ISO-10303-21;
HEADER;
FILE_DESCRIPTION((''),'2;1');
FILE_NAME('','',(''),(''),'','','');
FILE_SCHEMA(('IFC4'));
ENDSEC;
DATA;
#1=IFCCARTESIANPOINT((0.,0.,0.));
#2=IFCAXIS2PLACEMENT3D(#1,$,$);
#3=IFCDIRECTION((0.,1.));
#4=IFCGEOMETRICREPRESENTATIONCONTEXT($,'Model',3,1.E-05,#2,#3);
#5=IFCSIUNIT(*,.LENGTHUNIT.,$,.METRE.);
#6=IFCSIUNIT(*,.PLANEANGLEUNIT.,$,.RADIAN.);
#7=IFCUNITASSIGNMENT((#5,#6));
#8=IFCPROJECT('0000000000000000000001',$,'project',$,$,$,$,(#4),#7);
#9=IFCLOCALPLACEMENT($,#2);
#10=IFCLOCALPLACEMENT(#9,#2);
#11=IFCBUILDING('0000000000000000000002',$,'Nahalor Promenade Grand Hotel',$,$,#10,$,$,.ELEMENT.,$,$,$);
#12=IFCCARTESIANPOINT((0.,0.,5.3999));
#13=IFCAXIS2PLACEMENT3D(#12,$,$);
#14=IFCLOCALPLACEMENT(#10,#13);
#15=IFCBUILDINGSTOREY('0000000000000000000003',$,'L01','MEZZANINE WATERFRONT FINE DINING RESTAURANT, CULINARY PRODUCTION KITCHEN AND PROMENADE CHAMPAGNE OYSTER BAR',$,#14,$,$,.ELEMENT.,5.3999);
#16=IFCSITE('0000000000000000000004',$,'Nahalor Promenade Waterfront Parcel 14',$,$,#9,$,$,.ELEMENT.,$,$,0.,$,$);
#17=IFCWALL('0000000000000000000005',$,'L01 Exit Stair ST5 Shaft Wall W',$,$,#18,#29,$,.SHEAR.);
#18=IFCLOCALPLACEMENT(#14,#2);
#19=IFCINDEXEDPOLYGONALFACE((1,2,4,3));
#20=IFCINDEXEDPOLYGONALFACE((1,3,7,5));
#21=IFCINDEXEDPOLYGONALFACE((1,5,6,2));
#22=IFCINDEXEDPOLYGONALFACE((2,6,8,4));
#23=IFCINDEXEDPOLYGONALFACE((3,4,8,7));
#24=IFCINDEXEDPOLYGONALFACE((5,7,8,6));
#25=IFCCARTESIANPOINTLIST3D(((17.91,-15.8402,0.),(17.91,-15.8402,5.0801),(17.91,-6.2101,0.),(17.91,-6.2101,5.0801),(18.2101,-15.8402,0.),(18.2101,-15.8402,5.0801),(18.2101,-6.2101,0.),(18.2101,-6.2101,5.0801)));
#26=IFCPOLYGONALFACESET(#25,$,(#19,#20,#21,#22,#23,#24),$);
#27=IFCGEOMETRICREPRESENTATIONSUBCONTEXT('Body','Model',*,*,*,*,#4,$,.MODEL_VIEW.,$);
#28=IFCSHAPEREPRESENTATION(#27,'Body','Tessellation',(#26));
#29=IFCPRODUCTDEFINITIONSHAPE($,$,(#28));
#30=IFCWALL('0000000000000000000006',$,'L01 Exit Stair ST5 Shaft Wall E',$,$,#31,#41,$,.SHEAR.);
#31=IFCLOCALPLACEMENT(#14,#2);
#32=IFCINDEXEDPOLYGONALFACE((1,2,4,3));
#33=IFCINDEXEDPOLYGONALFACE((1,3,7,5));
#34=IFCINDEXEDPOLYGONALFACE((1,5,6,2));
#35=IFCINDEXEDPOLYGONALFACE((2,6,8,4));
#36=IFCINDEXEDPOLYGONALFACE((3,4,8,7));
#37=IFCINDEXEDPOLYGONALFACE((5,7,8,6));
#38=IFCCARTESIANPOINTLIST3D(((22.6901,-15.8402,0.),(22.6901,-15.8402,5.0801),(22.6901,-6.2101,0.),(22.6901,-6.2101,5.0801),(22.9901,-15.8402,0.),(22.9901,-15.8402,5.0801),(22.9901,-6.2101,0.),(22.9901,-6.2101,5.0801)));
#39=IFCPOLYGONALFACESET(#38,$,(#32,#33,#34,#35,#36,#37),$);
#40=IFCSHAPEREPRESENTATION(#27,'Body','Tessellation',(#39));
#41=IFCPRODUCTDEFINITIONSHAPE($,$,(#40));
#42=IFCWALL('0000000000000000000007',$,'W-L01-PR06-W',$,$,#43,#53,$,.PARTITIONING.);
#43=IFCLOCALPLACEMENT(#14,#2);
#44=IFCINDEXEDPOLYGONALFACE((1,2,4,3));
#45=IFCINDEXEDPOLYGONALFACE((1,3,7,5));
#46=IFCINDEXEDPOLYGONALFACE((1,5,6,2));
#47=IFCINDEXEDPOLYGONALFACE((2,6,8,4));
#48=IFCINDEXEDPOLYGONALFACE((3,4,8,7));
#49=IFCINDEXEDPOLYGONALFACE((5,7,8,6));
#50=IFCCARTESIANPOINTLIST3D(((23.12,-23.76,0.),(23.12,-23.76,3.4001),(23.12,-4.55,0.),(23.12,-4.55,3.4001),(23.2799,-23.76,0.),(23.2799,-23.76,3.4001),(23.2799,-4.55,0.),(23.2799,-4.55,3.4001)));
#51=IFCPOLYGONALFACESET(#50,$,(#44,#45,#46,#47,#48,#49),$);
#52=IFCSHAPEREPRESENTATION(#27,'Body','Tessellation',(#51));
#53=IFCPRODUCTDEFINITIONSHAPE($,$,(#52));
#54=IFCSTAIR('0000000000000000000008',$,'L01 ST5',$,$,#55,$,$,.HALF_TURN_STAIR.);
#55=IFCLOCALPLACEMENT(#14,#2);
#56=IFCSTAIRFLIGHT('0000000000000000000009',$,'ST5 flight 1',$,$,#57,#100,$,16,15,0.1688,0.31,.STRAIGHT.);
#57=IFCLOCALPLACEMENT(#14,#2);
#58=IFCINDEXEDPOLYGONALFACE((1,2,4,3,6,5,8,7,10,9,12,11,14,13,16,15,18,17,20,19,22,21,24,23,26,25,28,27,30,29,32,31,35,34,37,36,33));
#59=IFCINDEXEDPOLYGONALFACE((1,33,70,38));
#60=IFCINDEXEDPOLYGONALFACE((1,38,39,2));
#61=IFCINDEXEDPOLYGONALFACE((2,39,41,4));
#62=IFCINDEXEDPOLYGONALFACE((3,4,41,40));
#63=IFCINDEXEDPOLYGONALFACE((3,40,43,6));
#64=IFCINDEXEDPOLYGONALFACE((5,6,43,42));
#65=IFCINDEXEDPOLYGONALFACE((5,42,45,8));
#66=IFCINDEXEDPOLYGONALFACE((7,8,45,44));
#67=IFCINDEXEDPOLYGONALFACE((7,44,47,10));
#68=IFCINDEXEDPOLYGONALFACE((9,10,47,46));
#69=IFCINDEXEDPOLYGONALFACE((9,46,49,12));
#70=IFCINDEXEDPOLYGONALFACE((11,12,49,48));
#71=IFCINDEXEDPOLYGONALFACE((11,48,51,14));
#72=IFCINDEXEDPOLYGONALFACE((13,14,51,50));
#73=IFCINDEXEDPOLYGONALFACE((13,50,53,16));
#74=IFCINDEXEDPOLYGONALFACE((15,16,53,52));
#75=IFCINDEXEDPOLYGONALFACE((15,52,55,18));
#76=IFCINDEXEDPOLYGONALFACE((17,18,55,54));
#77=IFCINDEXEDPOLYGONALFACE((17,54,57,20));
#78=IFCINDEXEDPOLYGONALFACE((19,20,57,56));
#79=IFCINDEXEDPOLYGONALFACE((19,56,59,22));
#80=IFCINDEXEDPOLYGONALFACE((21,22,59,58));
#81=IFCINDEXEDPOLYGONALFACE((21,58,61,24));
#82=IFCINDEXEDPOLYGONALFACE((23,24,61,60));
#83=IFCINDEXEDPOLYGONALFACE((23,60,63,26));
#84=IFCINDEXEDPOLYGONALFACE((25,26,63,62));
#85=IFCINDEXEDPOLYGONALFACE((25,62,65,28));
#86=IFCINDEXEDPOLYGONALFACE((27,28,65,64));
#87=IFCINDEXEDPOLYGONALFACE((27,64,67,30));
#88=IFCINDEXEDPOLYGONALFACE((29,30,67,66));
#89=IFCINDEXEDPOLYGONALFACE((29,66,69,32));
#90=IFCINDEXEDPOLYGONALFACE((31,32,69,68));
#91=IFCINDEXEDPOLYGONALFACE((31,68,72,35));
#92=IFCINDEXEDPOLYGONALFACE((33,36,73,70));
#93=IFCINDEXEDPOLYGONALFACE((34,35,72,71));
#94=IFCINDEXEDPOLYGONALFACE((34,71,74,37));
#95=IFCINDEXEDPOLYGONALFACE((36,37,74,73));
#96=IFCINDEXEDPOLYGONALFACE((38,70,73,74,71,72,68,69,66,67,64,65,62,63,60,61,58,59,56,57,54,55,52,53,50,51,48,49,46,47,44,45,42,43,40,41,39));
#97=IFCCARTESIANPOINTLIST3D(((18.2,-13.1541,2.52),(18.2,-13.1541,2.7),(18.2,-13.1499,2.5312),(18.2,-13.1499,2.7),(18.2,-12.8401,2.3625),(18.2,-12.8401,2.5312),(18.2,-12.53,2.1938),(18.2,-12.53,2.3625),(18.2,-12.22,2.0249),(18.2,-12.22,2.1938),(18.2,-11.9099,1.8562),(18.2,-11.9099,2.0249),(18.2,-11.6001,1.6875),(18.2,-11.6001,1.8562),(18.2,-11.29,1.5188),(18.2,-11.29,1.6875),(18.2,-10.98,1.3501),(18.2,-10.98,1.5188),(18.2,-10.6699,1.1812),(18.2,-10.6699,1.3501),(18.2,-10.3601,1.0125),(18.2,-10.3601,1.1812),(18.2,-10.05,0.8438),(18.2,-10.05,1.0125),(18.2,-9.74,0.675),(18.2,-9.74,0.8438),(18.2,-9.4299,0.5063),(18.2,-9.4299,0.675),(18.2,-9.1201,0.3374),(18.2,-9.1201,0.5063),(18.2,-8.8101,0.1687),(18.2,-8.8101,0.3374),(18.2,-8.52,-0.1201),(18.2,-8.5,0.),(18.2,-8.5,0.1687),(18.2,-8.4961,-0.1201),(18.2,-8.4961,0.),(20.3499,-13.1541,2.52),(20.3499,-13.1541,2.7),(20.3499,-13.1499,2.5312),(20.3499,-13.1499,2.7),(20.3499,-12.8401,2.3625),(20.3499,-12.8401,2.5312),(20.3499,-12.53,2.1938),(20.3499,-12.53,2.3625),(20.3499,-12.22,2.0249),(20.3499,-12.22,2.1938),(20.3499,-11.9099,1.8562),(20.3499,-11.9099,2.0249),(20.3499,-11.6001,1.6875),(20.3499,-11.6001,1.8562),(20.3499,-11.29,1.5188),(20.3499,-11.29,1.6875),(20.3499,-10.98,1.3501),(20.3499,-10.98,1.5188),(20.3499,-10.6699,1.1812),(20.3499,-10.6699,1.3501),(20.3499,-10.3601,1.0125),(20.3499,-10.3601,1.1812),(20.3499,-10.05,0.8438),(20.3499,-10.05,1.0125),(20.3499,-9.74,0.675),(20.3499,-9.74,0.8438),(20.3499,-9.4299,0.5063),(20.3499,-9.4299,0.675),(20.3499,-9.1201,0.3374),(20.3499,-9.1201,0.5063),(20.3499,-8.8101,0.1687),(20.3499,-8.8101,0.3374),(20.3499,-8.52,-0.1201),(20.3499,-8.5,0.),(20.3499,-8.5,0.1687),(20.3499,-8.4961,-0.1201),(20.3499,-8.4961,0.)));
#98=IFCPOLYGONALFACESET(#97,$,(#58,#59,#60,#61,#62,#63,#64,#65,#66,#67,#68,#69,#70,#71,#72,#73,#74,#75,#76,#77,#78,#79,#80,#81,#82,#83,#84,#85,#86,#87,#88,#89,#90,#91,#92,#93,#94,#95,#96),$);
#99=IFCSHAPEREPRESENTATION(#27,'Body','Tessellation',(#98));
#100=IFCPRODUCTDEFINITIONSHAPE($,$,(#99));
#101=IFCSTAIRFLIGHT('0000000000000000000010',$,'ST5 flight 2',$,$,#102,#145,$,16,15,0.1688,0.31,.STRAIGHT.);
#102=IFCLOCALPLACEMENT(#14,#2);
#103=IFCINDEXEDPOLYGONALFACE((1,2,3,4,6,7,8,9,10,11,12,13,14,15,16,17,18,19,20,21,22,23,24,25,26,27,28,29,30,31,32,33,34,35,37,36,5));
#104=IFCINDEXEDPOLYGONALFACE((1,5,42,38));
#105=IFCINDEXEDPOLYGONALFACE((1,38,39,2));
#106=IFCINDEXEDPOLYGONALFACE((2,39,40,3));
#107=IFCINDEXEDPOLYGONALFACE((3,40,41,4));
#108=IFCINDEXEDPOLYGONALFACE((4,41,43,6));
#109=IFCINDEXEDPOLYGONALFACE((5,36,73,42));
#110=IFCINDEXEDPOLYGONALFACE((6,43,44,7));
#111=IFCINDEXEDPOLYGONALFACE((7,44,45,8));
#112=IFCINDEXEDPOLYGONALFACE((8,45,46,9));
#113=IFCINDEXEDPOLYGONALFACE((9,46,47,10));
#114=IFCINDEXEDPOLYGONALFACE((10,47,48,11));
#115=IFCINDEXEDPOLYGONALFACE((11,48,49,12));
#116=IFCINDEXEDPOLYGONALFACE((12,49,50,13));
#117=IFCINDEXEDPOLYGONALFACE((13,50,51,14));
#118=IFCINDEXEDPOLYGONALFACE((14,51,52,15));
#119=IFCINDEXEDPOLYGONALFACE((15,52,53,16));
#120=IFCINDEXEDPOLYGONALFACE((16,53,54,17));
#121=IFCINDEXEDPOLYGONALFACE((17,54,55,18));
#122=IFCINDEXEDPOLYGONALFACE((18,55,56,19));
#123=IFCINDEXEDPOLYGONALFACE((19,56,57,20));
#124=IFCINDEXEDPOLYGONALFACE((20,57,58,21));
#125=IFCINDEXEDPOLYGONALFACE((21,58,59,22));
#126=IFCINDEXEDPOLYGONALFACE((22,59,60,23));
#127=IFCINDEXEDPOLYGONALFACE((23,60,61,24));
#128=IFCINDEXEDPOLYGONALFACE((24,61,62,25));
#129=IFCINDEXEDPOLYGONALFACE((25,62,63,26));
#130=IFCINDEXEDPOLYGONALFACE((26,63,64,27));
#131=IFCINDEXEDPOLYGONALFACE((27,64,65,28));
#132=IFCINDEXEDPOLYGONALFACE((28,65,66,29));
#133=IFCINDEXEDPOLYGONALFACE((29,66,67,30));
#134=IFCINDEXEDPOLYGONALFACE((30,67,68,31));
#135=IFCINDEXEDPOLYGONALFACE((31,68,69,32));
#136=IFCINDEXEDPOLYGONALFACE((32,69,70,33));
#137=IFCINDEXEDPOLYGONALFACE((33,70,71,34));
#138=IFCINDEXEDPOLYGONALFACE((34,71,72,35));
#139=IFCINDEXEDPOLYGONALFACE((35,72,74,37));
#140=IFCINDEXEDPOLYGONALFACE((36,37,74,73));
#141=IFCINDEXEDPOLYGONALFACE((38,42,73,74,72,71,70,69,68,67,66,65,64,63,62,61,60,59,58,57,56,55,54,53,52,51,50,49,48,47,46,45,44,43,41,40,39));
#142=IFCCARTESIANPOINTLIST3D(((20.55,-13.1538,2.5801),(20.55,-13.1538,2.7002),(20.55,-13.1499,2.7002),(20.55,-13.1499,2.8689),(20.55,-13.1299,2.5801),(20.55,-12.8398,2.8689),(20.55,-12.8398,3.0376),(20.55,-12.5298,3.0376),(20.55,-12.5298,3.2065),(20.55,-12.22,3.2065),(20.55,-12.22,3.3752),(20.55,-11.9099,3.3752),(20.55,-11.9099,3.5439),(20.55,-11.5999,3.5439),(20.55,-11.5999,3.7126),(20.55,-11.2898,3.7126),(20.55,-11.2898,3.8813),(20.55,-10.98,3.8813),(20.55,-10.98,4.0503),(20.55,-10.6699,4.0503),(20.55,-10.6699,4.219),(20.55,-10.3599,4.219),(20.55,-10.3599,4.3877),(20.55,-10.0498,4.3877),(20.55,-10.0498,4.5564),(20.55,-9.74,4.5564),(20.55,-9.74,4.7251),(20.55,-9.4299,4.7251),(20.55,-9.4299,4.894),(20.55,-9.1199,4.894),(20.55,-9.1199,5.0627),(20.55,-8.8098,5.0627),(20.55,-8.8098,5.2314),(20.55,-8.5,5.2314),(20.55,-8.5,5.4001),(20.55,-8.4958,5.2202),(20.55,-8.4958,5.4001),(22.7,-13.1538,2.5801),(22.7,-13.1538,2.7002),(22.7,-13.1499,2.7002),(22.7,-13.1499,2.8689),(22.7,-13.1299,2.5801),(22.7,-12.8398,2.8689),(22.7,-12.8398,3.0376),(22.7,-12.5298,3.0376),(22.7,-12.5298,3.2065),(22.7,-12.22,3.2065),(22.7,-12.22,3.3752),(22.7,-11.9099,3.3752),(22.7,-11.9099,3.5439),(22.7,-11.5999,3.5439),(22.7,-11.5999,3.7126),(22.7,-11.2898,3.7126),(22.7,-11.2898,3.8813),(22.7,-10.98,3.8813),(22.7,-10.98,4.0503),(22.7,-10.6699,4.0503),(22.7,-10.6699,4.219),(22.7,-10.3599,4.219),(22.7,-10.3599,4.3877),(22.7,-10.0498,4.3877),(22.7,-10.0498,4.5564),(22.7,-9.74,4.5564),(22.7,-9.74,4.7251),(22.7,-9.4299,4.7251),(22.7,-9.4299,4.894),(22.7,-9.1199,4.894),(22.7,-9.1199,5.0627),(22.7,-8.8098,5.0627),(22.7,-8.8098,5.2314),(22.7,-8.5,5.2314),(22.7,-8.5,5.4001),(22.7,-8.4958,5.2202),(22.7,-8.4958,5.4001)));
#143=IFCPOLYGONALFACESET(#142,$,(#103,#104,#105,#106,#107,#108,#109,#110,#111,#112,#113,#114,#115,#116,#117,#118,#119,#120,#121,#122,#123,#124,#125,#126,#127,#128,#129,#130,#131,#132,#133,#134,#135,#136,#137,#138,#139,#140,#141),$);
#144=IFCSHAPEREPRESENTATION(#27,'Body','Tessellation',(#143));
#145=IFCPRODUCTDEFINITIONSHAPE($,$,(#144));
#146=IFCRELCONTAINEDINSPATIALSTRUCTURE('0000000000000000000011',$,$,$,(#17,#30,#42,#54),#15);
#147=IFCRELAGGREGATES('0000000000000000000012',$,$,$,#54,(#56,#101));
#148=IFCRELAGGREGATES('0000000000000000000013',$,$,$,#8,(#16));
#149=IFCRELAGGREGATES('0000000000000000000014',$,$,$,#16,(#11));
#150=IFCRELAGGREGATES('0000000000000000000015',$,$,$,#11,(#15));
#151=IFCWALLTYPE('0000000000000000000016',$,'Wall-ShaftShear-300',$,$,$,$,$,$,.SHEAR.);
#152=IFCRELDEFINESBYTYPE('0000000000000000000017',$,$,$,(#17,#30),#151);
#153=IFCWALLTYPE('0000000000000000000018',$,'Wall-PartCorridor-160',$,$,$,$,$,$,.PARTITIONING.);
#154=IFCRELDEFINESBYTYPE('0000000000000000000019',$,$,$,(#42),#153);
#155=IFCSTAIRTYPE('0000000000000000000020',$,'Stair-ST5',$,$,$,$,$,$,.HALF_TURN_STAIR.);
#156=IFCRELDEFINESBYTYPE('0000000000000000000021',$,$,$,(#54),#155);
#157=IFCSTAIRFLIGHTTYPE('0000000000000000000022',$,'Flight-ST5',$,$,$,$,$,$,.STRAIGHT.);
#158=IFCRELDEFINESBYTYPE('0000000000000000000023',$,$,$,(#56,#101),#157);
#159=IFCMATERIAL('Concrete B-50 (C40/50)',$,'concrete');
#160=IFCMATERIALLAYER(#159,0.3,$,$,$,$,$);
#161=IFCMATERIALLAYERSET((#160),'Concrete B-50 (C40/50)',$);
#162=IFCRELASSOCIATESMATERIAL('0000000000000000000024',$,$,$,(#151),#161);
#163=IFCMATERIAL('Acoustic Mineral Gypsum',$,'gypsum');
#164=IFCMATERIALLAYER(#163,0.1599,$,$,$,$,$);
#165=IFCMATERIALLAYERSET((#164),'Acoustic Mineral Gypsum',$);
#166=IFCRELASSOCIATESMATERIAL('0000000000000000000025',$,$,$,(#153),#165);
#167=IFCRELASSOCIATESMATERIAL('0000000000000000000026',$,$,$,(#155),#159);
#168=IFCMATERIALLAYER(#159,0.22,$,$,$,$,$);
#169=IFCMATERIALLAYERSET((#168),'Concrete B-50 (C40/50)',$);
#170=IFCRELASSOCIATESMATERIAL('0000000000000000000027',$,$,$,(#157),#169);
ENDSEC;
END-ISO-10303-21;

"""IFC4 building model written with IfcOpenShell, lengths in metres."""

from ifc_helpers import new_model, si_unit, direction, frame, frame_2d, origin, place, context, subcontext, project, spatial, polyline, rectangle, outline, extrude, source, transform, mapped, material, layer, layer_set, type_object, element, aggregate, save


model = new_model("IFC4")

# Units and contexts
model_context = context("Model", 3, precision=1e-05, world=origin(), true_north=direction((0.0, 1.0)))
body_context = subcontext(model_context, "Body", "Model", "MODEL_VIEW")
ifc_project = project(units=[si_unit("LENGTHUNIT", "METRE"), si_unit("PLANEANGLEUNIT", "RADIAN")], contexts=[model_context])

# Site, building, storey
site_placement = place(None, origin())
site = spatial("IfcSite", under=ifc_project, at=site_placement, Name="Nahalor Promenade Waterfront Parcel 14", CompositionType="ELEMENT", RefElevation=0.0)
building_placement = place(site_placement, origin())
building = spatial("IfcBuilding", under=site, at=building_placement, Name="Nahalor Promenade Grand Hotel", CompositionType="ELEMENT")
storey_placement = place(building_placement, frame((0.0, 0.0, 5.3999)))
storey = spatial("IfcBuildingStorey", under=building, at=storey_placement, Name="L01", Description="MEZZANINE WATERFRONT FINE DINING RESTAURANT, CULINARY PRODUCTION KITCHEN AND PROMENADE CHAMPAGNE OYSTER BAR", CompositionType="ELEMENT", Elevation=5.3999)

# Shared definitions
ifc_material_1 = material(Name="Concrete B-50 (C40/50)", Category="concrete")
ifc_layer_1 = layer(ifc_material_1, 0.3)
ifc_layer_set_1 = layer_set([ifc_layer_1], Name="Concrete B-50 (C40/50)")
wall_type_1 = type_object("IfcWallType", Name="Wall-ShaftShear-300", PredefinedType="SHEAR", material=ifc_layer_set_1)

# Walls
shared_shape_1 = source(origin(), body_context, "Body", "SweptSolid", [
    extrude(rectangle(XDim=9.6301, YDim=0.3, at=frame_2d((4.8149, 0.0))), origin(), (0.0, 0.0, 1.0), 5.0801),
])
for number, where, z_axis, x_axis, name in (
    (1, (18.0601, -15.8401, 0.0), (0.0, 0.0, 1.0), (0.0, 1.0, 0.0), "L01 Exit Stair ST5 Shaft Wall W"),
    (2, (22.8401, -15.8401, 0.0), (0.0, 0.0, 1.0), (0.0, 1.0, 0.0), "L01 Exit Stair ST5 Shaft Wall E"),
):
    element("IfcWall", number, at=place(storey_placement, frame(where, z_axis=z_axis, x_axis=x_axis)), inside=storey, type_object=wall_type_1, Name=name, PredefinedType="SHEAR", context=body_context, shape_type="MappedRepresentation", body=[
        mapped(shared_shape_1, transform((0.0, 0.0, 0.0), scale=1.0)),
    ])
ifc_material_2 = material(Name="Acoustic Mineral Gypsum", Category="gypsum")
ifc_layer_2 = layer(ifc_material_2, 0.1599)
ifc_layer_set_2 = layer_set([ifc_layer_2], Name="Acoustic Mineral Gypsum")
wall_type_2 = type_object("IfcWallType", Name="Wall-PartCorridor-160", PredefinedType="PARTITIONING", material=ifc_layer_set_2)
shared_shape_2 = source(origin(), body_context, "Body", "SweptSolid", [
    extrude(rectangle(XDim=19.21, YDim=0.1599, at=frame_2d((9.605, 0.0))), origin(), (0.0, 0.0, 1.0), 3.4001),
])
wall_1_placement = place(storey_placement, frame((23.2, -23.76, 0.0), z_axis=(0.0, 0.0, 1.0), x_axis=(0.0, 1.0, 0.0)))
element("IfcWall", 3, at=wall_1_placement, inside=storey, type_object=wall_type_2, Name="W-L01-PR06-W", PredefinedType="PARTITIONING", context=body_context, shape_type="MappedRepresentation", body=[
    mapped(shared_shape_2, transform((0.0, 0.0, 0.0), scale=1.0)),
])

# Stair, stair flights
stair_type = type_object("IfcStairType", Name="Stair-ST5", PredefinedType="HALF_TURN_STAIR", material=ifc_material_1)
stair_placement = place(storey_placement, origin())
stair = element("IfcStair", 4, at=stair_placement, inside=storey, type_object=stair_type, Name="L01 ST5", PredefinedType="HALF_TURN_STAIR")
ifc_layer_3 = layer(ifc_material_1, 0.22)
ifc_layer_set_3 = layer_set([ifc_layer_3], Name="Concrete B-50 (C40/50)")
stair_flight_type = type_object("IfcStairFlightType", Name="Flight-ST5", PredefinedType="STRAIGHT", material=ifc_layer_set_3)
shared_shape_3 = source(origin(), body_context, "Body", "SweptSolid", [
    extrude(outline(polyline([(-0.0039, -0.1201), (-0.0039, 0.0), (0.0, 0.0), (0.0, 0.1687), (0.3101, 0.1687), (0.3101, 0.3374), (0.6201, 0.3374), (0.6201, 0.5063), (0.9299, 0.5063), (0.9299, 0.675), (1.24, 0.675), (1.24, 0.8438), (1.55, 0.8438), (1.55, 1.0125), (1.8601, 1.0125), (1.8601, 1.1812), (2.1699, 1.1812), (2.1699, 1.3501), (2.48, 1.3501), (2.48, 1.5188), (2.79, 1.5188), (2.79, 1.6875), (3.1001, 1.6875), (3.1001, 1.8562), (3.4099, 1.8562), (3.4099, 2.0249), (3.72, 2.0249), (3.72, 2.1938), (4.03, 2.1938), (4.03, 2.3625), (4.3401, 2.3625), (4.3401, 2.5312), (4.6499, 2.5312), (4.6499, 2.7), (4.6541, 2.7), (4.6541, 2.52), (0.02, -0.1201), (-0.0039, -0.1201)])), frame((0.0, 1.075, 0.0), z_axis=(0.0, -1.0, 0.0), x_axis=(1.0, 0.0, 0.0)), (0.0, 0.0, 1.0), 2.1499),
])
stair_flight_1_placement = place(storey_placement, frame((19.2749, -8.5, 0.0), z_axis=(0.0, 0.0, 1.0), x_axis=(0.0, -1.0, 0.0)))
stair_flight_1 = element("IfcStairFlight", 5, at=stair_flight_1_placement, type_object=stair_flight_type, Name="ST5 flight 1", NumberOfRisers=16, NumberOfTreads=15, PredefinedType="STRAIGHT", RiserHeight=0.1688, TreadLength=0.31, context=body_context, shape_type="MappedRepresentation", body=[
    mapped(shared_shape_3, transform((0.0, 0.0, 0.0), scale=1.0)),
])
stair_flight_2_placement = place(storey_placement, frame((21.625, -13.1499, 2.7002), z_axis=(0.0, 0.0, 1.0), x_axis=(0.0, 1.0, 0.0)))
stair_flight_2 = element("IfcStairFlight", 6, at=stair_flight_2_placement, type_object=stair_flight_type, Name="ST5 flight 2", NumberOfRisers=16, NumberOfTreads=15, PredefinedType="STRAIGHT", RiserHeight=0.1688, TreadLength=0.31, context=body_context, shape_type="MappedRepresentation", body=[
    mapped(shared_shape_3, transform((0.0, 0.0, 0.0), scale=1.0)),
])
aggregate(stair, [stair_flight_1, stair_flight_2])

save(model, "model.ifc")
